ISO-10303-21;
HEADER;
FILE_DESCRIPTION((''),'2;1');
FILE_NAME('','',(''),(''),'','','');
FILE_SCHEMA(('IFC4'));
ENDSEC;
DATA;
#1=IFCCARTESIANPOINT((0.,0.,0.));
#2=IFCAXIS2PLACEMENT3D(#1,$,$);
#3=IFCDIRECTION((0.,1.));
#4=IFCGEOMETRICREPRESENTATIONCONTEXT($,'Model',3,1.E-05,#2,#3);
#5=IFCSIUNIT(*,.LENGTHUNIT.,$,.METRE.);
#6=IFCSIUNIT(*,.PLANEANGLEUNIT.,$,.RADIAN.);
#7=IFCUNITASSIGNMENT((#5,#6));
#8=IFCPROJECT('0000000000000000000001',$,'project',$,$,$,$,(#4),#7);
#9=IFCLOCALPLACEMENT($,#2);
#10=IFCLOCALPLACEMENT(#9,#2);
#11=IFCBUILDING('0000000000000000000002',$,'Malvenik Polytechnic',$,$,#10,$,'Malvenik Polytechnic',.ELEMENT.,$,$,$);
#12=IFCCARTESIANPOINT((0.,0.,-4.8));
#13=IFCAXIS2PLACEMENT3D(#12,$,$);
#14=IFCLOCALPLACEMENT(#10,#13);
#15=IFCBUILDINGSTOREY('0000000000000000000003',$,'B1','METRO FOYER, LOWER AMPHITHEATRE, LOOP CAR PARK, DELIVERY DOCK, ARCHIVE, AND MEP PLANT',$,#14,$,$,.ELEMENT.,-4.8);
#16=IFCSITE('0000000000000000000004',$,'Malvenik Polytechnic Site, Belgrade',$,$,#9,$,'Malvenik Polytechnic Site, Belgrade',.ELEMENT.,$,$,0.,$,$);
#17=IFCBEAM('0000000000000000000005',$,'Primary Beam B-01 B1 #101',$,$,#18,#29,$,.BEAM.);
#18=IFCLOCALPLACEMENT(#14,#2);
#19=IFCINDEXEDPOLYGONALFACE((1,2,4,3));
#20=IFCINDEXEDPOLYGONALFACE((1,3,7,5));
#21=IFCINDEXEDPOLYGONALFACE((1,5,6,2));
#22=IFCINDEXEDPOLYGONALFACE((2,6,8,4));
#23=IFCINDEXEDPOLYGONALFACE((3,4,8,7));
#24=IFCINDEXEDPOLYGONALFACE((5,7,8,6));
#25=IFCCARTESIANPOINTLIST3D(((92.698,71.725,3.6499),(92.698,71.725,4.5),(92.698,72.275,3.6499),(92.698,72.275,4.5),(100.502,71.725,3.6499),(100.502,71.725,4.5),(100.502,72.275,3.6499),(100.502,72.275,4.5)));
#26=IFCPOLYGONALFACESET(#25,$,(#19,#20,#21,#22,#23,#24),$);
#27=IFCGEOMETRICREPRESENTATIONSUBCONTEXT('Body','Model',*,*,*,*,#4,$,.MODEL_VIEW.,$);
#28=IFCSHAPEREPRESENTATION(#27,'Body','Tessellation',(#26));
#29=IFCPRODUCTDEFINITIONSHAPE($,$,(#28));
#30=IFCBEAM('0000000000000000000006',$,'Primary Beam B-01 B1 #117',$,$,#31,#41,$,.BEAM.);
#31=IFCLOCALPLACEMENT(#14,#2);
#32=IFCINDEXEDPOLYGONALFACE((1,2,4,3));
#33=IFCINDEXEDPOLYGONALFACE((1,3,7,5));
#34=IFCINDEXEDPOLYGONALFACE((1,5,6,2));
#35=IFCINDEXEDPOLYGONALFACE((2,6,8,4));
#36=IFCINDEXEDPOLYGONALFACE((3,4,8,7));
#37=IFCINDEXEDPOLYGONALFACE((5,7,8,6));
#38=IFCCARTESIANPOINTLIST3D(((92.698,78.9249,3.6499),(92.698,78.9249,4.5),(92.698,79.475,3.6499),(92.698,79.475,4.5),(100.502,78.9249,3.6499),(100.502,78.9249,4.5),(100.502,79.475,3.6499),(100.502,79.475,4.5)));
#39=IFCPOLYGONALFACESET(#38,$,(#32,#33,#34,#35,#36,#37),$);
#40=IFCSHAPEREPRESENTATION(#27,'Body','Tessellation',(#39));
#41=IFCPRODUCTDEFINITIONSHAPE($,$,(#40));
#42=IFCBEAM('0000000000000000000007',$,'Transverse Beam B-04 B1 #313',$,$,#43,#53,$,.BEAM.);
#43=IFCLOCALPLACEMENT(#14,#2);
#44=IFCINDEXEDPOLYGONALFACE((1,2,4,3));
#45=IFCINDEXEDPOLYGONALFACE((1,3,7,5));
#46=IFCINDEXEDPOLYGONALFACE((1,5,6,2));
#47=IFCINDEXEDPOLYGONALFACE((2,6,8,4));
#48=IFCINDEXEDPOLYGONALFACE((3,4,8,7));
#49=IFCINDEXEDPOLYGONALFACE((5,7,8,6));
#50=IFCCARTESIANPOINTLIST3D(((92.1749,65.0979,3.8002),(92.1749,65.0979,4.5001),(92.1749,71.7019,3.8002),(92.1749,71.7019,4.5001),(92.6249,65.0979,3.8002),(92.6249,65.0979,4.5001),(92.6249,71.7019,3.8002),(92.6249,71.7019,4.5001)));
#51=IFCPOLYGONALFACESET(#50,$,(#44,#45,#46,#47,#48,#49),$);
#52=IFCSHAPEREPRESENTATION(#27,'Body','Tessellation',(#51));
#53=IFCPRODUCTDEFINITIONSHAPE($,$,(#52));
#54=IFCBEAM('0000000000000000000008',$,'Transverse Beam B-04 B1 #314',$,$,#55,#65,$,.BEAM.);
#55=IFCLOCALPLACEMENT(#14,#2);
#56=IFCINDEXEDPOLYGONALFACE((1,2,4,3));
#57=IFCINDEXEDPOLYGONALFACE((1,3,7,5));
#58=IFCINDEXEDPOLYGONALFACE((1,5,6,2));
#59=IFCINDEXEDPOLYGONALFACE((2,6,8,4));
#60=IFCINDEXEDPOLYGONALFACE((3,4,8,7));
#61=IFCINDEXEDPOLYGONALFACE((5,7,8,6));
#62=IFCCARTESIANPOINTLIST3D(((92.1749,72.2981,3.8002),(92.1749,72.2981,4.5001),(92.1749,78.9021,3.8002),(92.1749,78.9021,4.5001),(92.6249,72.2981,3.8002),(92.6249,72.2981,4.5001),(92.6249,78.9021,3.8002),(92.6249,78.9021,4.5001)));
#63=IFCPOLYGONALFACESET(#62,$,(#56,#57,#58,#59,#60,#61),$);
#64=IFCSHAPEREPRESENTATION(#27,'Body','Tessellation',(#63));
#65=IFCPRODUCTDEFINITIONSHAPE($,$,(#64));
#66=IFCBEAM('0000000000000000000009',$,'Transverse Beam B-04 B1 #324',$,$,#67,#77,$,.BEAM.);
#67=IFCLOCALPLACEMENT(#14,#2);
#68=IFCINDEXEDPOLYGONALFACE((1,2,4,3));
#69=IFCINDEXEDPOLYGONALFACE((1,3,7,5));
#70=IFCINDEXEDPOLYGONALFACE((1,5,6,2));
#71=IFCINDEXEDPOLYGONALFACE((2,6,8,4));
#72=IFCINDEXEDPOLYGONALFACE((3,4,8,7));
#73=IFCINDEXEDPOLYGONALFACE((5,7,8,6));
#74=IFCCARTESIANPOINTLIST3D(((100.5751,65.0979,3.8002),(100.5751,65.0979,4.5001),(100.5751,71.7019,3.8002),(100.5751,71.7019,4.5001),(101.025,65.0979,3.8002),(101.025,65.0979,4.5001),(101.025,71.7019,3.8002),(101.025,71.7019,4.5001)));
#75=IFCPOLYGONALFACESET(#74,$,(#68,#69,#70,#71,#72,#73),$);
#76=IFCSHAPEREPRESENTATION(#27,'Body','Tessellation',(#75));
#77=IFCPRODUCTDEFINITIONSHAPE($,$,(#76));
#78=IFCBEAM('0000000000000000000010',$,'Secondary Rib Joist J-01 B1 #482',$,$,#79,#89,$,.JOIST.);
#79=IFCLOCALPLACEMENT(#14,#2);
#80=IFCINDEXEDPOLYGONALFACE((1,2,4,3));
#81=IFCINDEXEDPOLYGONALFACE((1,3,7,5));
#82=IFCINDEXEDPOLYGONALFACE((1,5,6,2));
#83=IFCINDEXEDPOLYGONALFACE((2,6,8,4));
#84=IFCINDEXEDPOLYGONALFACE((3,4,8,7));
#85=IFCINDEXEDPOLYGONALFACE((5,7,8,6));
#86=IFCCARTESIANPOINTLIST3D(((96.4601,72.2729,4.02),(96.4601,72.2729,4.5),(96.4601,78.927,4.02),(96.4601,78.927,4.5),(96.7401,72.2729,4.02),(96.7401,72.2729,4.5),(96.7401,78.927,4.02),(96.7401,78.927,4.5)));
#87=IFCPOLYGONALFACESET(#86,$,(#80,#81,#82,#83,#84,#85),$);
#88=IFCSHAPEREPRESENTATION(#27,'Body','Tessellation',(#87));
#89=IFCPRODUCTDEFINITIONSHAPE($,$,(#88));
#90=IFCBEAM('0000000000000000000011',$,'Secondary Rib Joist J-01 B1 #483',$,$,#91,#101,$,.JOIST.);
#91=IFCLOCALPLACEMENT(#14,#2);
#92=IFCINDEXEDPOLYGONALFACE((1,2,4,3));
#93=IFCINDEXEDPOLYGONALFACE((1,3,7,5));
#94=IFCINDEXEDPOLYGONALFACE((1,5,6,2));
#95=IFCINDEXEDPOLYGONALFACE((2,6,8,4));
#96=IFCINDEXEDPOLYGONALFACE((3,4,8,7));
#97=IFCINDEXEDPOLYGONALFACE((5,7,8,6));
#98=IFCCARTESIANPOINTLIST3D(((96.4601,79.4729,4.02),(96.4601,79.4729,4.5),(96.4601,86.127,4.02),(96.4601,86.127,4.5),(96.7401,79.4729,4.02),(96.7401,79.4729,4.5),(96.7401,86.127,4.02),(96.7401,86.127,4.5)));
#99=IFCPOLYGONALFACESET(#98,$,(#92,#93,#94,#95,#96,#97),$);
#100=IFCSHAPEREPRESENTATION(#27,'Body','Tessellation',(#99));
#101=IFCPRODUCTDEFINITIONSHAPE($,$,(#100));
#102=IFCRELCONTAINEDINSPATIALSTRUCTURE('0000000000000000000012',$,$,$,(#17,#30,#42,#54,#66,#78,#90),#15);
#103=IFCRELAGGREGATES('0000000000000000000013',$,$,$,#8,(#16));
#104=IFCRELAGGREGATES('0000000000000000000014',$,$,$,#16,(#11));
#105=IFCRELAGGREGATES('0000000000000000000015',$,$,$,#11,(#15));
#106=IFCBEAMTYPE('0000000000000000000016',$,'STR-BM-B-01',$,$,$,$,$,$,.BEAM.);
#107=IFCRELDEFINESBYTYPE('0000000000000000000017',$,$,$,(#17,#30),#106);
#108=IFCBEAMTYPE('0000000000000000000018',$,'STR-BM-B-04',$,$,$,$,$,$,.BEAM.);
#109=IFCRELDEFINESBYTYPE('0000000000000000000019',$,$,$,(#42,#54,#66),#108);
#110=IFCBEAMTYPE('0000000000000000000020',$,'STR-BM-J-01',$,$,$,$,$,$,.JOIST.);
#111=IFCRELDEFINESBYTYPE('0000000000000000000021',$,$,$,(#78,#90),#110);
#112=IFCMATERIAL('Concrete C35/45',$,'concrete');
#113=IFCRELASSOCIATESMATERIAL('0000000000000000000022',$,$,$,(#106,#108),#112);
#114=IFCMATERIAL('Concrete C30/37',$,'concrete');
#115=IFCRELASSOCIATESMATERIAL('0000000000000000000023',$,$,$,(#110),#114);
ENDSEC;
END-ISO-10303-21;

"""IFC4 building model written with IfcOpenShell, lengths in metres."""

from ifc_helpers import new_model, si_unit, direction, frame, origin, origin_2d, place, context, subcontext, project, spatial, rectangle, extrude, material, material_profile, profile_set, type_object, element, save


model = new_model("IFC4")

# Units and contexts
model_context = context("Model", 3, precision=1e-05, world=origin(), true_north=direction((0.0, 1.0)))
body_context = subcontext(model_context, "Body", "Model", "MODEL_VIEW")
ifc_project = project(units=[si_unit("LENGTHUNIT", "METRE"), si_unit("PLANEANGLEUNIT", "RADIAN")], contexts=[model_context])

# Site, building, storey
site_placement = place(None, origin())
site = spatial("IfcSite", under=ifc_project, at=site_placement, Name="Malvenik Polytechnic Site, Belgrade", LongName="Malvenik Polytechnic Site, Belgrade", CompositionType="ELEMENT", RefElevation=0.0)
building_placement = place(site_placement, origin())
building = spatial("IfcBuilding", under=site, at=building_placement, Name="Malvenik Polytechnic", LongName="Malvenik Polytechnic", CompositionType="ELEMENT")
storey_placement = place(building_placement, frame((0.0, 0.0, -4.8)))
storey = spatial("IfcBuildingStorey", under=building, at=storey_placement, Name="B1", Description="METRO FOYER, LOWER AMPHITHEATRE, LOOP CAR PARK, DELIVERY DOCK, ARCHIVE, AND MEP PLANT", CompositionType="ELEMENT", Elevation=-4.8)

# Shared definitions
ifc_material_1 = material(Name="Concrete C35/45", Category="concrete")

# Beams
ifc_material_profile_1 = material_profile(ifc_material_1, rectangle(XDim=0.55, YDim=0.8501, at=origin_2d()), Name="RC BM 550x850")
ifc_profile_set_1 = profile_set([ifc_material_profile_1], Name="Concrete C35/45")
beam_type_1 = type_object("IfcBeamType", Name="STR-BM-B-01", PredefinedType="BEAM", material=ifc_profile_set_1)
for number, where, z_axis, x_axis, name in (
    (1, (92.698, 72.0, 4.075), (1.0, 0.0, 0.0), (0.0, 1.0, 0.0), "Primary Beam B-01 B1 #101"),
    (2, (92.698, 79.2, 4.075), (1.0, 0.0, 0.0), (0.0, 1.0, 0.0), "Primary Beam B-01 B1 #117"),
):
    element("IfcBeam", number, at=place(storey_placement, frame(where, z_axis=z_axis, x_axis=x_axis)), inside=storey, type_object=beam_type_1, Name=name, PredefinedType="BEAM", context=body_context, shape_type="SweptSolid", body=[
        extrude(rectangle(XDim=0.55, YDim=0.8501, at=origin_2d()), origin(), (0.0, 0.0, 1.0), 7.804),
    ])
ifc_material_profile_2 = material_profile(ifc_material_1, rectangle(XDim=0.45, YDim=0.7, at=origin_2d()), Name="RC BM 450x700")
ifc_profile_set_2 = profile_set([ifc_material_profile_2], Name="Concrete C35/45")
beam_type_2 = type_object("IfcBeamType", Name="STR-BM-B-04", PredefinedType="BEAM", material=ifc_profile_set_2)
for number, where, z_axis, x_axis, name in (
    (3, (92.3999, 65.0979, 4.1501), (0.0, 1.0, 0.0), (-1.0, 0.0, 0.0), "Transverse Beam B-04 B1 #313"),
    (4, (92.3999, 72.2981, 4.1501), (0.0, 1.0, 0.0), (-1.0, 0.0, 0.0), "Transverse Beam B-04 B1 #314"),
    (5, (100.8, 65.0979, 4.1501), (0.0, 1.0, 0.0), (-1.0, 0.0, 0.0), "Transverse Beam B-04 B1 #324"),
):
    element("IfcBeam", number, at=place(storey_placement, frame(where, z_axis=z_axis, x_axis=x_axis)), inside=storey, type_object=beam_type_2, Name=name, PredefinedType="BEAM", context=body_context, shape_type="SweptSolid", body=[
        extrude(rectangle(XDim=0.45, YDim=0.7, at=origin_2d()), origin(), (0.0, 0.0, 1.0), 6.604),
    ])
ifc_material_2 = material(Name="Concrete C30/37", Category="concrete")
ifc_material_profile_3 = material_profile(ifc_material_2, rectangle(XDim=0.28, YDim=0.48, at=origin_2d()), Name="RC JST 280x480")
ifc_profile_set_3 = profile_set([ifc_material_profile_3], Name="Concrete C30/37")
beam_type_3 = type_object("IfcBeamType", Name="STR-BM-J-01", PredefinedType="JOIST", material=ifc_profile_set_3)
for number, where, z_axis, x_axis, name in (
    (6, (96.6001, 72.2729, 4.26), (0.0, 1.0, 0.0), (-1.0, 0.0, 0.0), "Secondary Rib Joist J-01 B1 #482"),
    (7, (96.6001, 79.4729, 4.26), (0.0, 1.0, 0.0), (-1.0, 0.0, 0.0), "Secondary Rib Joist J-01 B1 #483"),
):
    element("IfcBeam", number, at=place(storey_placement, frame(where, z_axis=z_axis, x_axis=x_axis)), inside=storey, type_object=beam_type_3, Name=name, PredefinedType="JOIST", context=body_context, shape_type="SweptSolid", body=[
        extrude(rectangle(XDim=0.28, YDim=0.48, at=origin_2d()), origin(), (0.0, 0.0, 1.0), 6.6541),
    ])

save(model, "model.ifc")
